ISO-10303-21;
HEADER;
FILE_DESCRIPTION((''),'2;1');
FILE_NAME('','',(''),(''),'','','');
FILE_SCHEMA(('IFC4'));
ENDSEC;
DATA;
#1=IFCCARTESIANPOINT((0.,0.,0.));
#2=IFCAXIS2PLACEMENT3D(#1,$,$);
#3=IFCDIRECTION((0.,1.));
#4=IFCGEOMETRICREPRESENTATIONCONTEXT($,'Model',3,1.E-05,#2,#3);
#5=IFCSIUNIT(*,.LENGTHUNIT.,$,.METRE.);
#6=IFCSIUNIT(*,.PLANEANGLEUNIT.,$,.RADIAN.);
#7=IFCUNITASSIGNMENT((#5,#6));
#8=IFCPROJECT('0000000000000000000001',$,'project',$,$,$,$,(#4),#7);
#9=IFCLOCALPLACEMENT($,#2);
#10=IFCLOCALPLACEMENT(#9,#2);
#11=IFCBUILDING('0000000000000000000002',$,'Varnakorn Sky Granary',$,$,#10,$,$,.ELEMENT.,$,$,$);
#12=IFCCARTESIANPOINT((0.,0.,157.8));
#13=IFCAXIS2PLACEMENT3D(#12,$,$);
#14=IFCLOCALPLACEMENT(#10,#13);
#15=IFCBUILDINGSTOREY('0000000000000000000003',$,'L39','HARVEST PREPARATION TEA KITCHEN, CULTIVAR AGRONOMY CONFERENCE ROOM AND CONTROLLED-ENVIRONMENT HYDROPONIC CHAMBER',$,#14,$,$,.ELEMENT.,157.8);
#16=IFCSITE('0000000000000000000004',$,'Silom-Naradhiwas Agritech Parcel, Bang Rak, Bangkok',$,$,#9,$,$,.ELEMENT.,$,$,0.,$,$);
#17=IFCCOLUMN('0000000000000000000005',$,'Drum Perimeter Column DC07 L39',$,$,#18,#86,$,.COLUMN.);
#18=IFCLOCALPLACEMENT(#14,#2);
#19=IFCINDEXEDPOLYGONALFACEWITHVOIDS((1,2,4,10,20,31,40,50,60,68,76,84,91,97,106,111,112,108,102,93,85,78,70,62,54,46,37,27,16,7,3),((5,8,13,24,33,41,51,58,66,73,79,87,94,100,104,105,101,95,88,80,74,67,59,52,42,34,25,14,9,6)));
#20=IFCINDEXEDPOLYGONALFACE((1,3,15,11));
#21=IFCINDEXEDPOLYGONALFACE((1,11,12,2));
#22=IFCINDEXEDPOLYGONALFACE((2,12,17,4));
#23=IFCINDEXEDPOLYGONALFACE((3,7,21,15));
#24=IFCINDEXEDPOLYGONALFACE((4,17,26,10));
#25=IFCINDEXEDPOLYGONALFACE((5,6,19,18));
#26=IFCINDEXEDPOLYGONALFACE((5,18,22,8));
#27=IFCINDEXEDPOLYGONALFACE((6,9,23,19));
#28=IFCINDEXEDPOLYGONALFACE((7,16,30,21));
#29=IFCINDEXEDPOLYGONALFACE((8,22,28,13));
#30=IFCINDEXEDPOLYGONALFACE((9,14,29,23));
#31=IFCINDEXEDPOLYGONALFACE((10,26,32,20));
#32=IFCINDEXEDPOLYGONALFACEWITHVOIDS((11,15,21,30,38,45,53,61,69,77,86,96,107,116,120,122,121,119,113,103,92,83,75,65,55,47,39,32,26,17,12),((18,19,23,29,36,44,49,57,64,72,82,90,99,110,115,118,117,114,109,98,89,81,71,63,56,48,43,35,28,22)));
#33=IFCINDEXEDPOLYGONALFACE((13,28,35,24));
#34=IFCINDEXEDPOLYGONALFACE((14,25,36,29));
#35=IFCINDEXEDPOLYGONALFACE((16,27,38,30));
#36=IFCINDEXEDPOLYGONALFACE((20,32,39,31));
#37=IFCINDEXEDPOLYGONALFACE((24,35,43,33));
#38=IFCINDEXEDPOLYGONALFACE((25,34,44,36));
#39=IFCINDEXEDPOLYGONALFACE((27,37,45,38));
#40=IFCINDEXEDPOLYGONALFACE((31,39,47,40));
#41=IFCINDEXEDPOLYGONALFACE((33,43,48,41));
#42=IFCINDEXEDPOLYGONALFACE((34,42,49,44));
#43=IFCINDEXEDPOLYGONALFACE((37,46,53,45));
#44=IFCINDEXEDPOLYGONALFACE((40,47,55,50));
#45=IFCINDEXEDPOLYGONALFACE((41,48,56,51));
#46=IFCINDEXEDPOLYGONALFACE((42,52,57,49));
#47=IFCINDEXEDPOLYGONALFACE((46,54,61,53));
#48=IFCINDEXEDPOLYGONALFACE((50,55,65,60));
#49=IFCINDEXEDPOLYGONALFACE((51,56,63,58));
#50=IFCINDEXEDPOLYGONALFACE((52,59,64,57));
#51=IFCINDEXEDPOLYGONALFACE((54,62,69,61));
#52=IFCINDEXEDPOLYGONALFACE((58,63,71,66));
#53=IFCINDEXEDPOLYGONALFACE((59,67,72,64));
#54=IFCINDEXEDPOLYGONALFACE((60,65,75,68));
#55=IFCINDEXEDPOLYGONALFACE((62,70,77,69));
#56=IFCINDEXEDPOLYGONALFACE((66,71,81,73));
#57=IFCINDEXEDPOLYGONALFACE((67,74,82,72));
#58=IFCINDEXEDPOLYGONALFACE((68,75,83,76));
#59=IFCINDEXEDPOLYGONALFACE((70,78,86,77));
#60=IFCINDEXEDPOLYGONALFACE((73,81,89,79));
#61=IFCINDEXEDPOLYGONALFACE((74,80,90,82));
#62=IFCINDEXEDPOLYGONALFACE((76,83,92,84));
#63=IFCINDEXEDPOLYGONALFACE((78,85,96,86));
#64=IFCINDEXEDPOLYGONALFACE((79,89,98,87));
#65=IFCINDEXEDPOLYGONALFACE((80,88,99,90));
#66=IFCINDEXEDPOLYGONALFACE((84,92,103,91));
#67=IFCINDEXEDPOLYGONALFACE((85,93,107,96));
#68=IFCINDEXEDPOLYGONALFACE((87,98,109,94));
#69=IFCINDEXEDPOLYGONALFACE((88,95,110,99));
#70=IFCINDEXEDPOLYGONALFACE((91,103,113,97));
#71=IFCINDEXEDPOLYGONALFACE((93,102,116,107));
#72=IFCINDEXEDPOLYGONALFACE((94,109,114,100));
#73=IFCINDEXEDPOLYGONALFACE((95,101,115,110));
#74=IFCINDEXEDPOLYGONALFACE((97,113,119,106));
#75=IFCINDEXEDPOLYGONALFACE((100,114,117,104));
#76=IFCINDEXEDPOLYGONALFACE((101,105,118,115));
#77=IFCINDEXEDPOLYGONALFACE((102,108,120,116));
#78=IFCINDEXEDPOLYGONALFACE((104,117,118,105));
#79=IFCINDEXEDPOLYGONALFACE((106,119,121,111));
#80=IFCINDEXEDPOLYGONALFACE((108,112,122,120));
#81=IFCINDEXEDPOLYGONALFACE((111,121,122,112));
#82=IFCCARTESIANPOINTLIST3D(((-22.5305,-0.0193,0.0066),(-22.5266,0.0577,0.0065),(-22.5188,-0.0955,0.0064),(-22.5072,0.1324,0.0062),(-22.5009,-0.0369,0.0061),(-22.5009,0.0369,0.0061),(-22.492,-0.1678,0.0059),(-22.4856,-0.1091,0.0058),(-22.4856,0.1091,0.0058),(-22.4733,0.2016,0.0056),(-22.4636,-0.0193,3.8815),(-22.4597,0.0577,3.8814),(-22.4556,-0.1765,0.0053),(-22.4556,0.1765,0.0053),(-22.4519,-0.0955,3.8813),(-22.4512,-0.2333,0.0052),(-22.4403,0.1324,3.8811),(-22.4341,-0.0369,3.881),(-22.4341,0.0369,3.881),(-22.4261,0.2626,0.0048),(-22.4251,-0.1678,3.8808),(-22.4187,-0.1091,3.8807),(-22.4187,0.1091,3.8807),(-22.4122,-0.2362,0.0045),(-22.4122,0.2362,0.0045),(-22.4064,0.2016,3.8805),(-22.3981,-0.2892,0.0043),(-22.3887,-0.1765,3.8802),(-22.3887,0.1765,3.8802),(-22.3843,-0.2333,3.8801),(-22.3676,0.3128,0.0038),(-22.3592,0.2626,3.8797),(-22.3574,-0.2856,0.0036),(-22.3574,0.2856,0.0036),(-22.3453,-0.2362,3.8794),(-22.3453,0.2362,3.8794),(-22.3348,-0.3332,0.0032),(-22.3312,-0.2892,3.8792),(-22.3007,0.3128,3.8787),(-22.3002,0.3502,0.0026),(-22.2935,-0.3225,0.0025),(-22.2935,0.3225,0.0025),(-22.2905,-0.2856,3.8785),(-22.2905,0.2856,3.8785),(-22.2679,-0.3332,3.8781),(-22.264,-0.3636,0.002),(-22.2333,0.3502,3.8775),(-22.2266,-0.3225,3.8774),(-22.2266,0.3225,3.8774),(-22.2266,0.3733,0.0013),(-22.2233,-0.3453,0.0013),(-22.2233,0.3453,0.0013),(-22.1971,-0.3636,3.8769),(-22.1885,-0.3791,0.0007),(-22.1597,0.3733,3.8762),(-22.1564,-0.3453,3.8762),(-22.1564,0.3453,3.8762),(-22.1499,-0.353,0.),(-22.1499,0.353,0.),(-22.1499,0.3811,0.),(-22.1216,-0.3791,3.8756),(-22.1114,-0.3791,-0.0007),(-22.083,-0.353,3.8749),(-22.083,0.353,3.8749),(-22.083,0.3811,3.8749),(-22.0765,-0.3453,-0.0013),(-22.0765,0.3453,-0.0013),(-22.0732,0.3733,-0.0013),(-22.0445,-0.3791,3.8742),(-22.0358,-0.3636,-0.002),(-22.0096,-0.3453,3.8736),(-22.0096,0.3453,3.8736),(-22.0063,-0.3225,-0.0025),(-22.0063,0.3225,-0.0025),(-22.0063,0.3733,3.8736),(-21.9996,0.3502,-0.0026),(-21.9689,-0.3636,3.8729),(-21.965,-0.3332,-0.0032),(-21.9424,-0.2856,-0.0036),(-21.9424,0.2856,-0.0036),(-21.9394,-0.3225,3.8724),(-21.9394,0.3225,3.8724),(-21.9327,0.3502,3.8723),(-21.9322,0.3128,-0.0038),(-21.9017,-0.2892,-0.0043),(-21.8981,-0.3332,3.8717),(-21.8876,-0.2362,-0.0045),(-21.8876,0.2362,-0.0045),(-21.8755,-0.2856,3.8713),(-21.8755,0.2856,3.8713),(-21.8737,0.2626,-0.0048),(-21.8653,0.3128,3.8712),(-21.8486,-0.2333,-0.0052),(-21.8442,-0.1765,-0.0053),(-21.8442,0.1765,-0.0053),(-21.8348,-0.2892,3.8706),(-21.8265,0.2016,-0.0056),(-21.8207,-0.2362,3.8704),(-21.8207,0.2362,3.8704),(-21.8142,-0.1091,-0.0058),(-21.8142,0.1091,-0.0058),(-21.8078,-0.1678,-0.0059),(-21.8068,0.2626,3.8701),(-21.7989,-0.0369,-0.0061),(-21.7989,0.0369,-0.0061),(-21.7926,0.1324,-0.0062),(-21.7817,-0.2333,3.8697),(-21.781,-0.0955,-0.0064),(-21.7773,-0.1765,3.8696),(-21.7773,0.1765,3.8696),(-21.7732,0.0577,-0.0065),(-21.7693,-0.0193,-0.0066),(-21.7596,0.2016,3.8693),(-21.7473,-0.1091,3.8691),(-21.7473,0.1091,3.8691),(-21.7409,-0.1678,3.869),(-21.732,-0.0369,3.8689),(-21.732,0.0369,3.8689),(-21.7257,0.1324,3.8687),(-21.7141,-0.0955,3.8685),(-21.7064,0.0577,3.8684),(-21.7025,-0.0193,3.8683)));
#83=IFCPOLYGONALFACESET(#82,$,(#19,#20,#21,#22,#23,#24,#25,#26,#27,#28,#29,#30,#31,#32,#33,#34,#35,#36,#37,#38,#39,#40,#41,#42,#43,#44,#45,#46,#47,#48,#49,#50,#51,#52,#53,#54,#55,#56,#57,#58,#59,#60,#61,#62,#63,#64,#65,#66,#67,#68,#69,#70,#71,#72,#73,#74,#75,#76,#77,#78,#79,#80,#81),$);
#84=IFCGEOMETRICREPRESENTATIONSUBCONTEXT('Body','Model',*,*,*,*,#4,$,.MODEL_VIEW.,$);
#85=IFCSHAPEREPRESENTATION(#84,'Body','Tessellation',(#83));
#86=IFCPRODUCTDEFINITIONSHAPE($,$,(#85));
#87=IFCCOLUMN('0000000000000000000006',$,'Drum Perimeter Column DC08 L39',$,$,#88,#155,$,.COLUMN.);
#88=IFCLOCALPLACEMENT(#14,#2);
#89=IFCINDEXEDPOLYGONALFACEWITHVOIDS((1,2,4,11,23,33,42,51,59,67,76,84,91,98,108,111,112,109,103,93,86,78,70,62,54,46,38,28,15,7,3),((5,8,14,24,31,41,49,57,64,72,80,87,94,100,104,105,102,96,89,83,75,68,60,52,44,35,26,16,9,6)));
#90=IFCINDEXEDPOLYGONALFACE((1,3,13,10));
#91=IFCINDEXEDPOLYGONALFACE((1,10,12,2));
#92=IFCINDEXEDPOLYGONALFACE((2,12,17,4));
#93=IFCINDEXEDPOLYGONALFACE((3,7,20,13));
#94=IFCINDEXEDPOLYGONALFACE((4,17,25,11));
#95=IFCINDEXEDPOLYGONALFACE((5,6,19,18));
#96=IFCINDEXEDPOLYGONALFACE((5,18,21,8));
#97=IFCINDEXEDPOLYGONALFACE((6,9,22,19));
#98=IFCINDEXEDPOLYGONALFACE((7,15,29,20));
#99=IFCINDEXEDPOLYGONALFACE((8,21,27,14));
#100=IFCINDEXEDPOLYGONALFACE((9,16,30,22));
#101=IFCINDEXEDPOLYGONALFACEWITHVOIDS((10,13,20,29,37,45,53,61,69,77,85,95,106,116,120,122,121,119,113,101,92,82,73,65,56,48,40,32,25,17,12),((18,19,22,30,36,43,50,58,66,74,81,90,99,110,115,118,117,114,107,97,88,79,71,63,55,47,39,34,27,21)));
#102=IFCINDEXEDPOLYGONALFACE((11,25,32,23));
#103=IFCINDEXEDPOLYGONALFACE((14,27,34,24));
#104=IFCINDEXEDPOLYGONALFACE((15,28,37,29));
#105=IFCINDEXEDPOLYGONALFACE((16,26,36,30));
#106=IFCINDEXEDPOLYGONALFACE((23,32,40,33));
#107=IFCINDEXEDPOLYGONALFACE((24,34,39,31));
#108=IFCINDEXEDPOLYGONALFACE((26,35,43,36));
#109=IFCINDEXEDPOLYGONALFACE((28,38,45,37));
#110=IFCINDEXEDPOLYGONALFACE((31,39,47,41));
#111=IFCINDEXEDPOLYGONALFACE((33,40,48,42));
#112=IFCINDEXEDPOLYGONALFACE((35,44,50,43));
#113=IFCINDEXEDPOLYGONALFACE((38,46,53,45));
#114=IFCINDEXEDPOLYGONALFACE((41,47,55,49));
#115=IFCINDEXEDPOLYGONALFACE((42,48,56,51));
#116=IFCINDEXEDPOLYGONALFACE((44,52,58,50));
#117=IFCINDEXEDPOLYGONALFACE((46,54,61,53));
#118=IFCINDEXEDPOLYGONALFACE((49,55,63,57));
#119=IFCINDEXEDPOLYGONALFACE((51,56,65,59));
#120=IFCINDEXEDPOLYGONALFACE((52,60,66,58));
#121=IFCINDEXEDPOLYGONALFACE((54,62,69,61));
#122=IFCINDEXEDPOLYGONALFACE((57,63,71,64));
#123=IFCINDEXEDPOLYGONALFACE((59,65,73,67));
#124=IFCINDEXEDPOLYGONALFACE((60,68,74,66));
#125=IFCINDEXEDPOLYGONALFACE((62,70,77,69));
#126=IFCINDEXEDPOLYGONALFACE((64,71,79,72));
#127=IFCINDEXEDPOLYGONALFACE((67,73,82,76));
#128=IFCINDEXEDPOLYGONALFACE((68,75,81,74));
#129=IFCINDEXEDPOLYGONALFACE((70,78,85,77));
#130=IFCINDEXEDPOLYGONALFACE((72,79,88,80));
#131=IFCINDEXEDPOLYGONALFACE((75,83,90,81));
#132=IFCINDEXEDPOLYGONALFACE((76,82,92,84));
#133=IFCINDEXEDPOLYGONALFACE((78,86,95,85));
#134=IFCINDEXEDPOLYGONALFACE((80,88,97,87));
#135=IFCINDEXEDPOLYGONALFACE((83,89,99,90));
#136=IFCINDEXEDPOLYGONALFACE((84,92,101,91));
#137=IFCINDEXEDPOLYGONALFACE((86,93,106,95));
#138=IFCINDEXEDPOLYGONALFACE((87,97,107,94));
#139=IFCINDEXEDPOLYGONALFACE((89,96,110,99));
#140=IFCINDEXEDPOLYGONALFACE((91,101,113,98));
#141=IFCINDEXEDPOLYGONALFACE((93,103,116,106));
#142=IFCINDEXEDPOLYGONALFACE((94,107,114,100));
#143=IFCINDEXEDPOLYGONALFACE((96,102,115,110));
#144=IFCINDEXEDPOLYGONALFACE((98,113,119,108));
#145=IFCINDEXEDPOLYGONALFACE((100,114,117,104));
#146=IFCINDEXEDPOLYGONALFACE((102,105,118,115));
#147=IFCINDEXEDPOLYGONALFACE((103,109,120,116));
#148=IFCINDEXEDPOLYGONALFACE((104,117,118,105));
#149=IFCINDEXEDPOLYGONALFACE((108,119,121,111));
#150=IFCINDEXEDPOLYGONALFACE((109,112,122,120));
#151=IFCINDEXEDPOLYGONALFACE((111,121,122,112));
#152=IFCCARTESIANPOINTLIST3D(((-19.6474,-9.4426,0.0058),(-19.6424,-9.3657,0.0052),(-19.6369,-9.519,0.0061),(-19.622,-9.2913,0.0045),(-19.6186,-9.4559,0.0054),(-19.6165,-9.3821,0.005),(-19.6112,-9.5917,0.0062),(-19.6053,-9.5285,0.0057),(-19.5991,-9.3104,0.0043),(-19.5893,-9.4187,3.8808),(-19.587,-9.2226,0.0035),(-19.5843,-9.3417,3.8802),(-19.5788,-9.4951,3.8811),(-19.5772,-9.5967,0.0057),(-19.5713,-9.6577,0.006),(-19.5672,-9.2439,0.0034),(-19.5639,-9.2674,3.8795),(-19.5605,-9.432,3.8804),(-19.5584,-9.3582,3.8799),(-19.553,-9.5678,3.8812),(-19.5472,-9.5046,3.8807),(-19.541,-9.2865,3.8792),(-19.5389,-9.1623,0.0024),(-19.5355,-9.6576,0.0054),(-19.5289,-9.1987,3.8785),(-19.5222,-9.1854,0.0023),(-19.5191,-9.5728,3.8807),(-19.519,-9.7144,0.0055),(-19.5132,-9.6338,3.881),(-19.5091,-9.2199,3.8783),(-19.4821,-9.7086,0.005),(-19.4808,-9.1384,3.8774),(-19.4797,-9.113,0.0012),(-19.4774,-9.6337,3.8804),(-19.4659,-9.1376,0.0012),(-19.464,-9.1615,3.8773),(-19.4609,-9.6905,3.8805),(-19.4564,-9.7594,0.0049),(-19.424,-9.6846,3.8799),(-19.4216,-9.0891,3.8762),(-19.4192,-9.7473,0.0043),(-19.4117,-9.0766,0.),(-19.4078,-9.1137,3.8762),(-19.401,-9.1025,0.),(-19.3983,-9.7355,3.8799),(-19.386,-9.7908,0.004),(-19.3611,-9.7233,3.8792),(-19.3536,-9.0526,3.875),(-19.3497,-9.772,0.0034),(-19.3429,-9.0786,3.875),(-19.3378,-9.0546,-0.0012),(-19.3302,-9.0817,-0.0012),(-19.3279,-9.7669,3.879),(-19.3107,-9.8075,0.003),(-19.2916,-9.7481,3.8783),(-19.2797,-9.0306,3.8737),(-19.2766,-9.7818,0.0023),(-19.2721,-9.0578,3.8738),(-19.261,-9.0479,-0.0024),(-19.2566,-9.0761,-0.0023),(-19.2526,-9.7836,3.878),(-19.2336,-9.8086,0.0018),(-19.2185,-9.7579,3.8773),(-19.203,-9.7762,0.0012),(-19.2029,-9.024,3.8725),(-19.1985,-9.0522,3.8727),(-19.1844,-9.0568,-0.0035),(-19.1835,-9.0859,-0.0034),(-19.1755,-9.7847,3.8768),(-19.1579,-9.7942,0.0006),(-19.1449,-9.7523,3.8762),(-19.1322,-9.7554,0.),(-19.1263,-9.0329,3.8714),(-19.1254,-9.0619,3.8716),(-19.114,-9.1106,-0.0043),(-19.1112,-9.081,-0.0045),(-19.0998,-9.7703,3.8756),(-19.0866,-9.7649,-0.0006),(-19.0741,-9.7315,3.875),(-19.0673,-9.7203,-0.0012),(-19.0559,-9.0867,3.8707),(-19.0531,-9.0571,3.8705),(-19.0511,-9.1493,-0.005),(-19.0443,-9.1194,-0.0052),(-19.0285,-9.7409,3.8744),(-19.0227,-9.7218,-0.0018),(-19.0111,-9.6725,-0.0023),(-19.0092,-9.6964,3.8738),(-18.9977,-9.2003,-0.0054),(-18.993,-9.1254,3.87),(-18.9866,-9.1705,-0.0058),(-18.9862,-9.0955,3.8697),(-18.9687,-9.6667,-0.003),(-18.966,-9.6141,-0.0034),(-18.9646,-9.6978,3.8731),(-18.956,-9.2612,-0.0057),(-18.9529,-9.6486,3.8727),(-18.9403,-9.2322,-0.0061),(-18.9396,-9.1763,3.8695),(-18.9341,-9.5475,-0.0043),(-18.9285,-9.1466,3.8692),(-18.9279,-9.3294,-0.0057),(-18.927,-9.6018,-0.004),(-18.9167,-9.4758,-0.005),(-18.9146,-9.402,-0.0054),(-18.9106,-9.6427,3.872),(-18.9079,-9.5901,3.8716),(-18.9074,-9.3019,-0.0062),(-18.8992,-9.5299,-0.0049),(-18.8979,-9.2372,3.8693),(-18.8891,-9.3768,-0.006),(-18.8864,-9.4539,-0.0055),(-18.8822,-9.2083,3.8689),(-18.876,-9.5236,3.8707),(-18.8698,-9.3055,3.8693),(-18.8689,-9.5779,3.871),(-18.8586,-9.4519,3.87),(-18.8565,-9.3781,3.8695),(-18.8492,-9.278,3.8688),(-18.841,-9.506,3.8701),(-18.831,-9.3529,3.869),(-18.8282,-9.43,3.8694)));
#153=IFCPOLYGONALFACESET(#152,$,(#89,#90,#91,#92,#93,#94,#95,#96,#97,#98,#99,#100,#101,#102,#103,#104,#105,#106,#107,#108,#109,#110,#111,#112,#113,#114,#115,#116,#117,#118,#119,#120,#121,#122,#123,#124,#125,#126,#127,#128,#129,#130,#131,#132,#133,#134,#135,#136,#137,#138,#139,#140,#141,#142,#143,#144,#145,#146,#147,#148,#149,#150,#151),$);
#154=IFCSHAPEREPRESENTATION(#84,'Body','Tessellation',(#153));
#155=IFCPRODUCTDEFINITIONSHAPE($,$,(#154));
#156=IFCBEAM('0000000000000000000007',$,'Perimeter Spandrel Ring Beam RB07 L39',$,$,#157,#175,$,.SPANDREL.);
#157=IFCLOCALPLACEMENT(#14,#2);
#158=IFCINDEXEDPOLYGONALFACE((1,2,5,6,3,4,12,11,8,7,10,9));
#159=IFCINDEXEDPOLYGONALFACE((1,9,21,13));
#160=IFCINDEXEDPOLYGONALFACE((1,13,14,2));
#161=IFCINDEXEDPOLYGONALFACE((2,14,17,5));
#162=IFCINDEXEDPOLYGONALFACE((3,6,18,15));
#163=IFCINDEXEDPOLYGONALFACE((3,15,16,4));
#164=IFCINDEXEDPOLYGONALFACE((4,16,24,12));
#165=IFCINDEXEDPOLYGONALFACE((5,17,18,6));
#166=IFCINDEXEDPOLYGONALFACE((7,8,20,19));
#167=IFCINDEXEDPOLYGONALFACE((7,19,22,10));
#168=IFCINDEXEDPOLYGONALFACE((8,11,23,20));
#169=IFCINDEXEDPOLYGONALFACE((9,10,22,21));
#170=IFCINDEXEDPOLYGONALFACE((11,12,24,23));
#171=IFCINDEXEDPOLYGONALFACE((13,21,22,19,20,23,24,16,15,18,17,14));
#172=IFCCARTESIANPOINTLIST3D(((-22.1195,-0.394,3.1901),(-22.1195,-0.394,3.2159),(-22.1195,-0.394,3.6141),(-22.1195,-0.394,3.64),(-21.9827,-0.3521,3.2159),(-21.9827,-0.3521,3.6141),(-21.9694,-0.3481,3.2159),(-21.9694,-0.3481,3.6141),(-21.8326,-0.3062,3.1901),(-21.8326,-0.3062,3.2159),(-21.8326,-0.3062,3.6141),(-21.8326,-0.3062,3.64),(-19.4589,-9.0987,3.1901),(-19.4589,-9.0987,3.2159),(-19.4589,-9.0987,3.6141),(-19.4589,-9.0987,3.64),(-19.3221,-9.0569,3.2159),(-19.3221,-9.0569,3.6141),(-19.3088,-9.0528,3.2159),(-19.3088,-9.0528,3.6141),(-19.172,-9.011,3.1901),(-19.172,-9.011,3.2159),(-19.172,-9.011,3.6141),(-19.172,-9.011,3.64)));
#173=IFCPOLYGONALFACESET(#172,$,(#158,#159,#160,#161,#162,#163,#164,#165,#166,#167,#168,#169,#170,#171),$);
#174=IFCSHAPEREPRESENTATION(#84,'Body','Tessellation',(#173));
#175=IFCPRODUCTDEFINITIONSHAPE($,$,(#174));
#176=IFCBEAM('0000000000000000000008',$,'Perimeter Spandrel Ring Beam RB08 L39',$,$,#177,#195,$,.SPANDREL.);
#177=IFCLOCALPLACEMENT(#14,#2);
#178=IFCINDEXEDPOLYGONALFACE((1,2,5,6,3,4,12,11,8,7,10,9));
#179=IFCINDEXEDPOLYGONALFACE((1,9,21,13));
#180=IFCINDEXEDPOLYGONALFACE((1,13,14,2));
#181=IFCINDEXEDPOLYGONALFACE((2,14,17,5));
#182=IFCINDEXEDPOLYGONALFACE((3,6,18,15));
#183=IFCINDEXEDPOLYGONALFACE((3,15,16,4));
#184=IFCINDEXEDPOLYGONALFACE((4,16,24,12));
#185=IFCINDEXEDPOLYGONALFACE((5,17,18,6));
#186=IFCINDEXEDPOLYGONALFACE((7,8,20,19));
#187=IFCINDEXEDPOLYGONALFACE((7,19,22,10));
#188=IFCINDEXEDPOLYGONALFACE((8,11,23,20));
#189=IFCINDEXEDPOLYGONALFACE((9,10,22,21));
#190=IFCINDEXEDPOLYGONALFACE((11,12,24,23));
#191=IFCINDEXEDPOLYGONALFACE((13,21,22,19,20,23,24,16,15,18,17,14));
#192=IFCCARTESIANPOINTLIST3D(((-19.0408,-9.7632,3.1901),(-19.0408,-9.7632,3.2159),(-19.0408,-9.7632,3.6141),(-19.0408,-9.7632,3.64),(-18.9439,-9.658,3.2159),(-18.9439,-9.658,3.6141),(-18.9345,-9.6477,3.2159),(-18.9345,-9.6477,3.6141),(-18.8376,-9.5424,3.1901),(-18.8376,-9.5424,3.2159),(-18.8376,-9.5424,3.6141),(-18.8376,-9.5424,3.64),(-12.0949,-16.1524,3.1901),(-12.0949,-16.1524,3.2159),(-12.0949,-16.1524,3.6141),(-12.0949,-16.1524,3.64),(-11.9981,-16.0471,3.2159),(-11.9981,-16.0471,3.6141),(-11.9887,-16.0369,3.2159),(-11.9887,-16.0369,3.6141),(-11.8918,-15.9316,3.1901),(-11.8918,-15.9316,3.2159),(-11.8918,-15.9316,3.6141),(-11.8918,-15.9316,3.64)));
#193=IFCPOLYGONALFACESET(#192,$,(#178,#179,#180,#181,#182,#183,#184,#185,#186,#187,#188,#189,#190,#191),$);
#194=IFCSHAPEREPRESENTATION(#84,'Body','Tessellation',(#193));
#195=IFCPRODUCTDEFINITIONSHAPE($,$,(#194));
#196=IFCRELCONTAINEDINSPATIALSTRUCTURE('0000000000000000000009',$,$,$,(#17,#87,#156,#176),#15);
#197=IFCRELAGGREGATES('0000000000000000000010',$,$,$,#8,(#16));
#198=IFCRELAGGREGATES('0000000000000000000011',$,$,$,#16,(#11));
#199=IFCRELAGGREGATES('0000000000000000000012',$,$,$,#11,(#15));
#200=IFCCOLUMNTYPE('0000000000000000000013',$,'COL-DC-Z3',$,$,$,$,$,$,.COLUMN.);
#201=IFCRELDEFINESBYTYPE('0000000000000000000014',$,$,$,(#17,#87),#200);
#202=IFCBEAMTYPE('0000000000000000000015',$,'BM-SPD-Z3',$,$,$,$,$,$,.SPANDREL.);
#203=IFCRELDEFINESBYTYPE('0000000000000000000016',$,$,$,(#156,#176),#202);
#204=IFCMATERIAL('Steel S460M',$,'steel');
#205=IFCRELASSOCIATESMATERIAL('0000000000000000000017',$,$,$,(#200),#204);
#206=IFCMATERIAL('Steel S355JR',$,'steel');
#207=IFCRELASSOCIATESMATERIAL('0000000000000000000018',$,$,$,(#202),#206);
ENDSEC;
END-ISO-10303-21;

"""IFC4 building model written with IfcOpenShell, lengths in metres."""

from ifc_helpers import new_model, si_unit, direction, frame, origin, origin_2d, place, context, subcontext, project, spatial, hollow_circle, i_section, extrude, material, material_profile, profile_set, type_object, element, save


model = new_model("IFC4")

# Units and contexts
model_context = context("Model", 3, precision=1e-05, world=origin(), true_north=direction((0.0, 1.0)))
body_context = subcontext(model_context, "Body", "Model", "MODEL_VIEW")
ifc_project = project(units=[si_unit("LENGTHUNIT", "METRE"), si_unit("PLANEANGLEUNIT", "RADIAN")], contexts=[model_context])

# Site, building, storey
site_placement = place(None, origin())
site = spatial("IfcSite", under=ifc_project, at=site_placement, Name="Silom-Naradhiwas Agritech Parcel, Bang Rak, Bangkok", CompositionType="ELEMENT", RefElevation=0.0)
building_placement = place(site_placement, origin())
building = spatial("IfcBuilding", under=site, at=building_placement, Name="Varnakorn Sky Granary", CompositionType="ELEMENT")
storey_placement = place(building_placement, frame((0.0, 0.0, 157.8)))
storey = spatial("IfcBuildingStorey", under=building, at=storey_placement, Name="L39", Description="HARVEST PREPARATION TEA KITCHEN, CULTIVAR AGRONOMY CONFERENCE ROOM AND CONTROLLED-ENVIRONMENT HYDROPONIC CHAMBER", CompositionType="ELEMENT", Elevation=157.8)

# Columns
ifc_material_1 = material(Name="Steel S460M", Category="steel")
ifc_material_profile_1 = material_profile(ifc_material_1, hollow_circle(Radius=0.3811, WallThickness=0.0281, at=origin_2d()), Name="CHS 762x28")
ifc_profile_set_1 = profile_set([ifc_material_profile_1], Name="Steel S460M")
column_type = type_object("IfcColumnType", Name="COL-DC-Z3", PredefinedType="COLUMN", material=ifc_profile_set_1)
for number, where, z_axis, x_axis, name in (
    (1, (-22.1499, 0.0, 0.0), (0.017261, 0.0, 0.999851), (0.0, 1.0, 0.0), "Drum Perimeter Column DC07 L39"),
    (2, (-19.2666, -9.429, 0.0), (0.014993, 0.006174, 0.999869), (-0.38075, 0.924678, 0.0), "Drum Perimeter Column DC08 L39"),
):
    element("IfcColumn", number, at=place(storey_placement, frame(where, z_axis=z_axis, x_axis=x_axis)), inside=storey, type_object=column_type, Name=name, PredefinedType="COLUMN", context=body_context, shape_type="SweptSolid", body=[
        extrude(hollow_circle(Radius=0.3811, WallThickness=0.0281, at=origin_2d()), origin(), (0.0, 0.0, 1.0), 3.8755),
    ])

# Beams
ifc_material_2 = material(Name="Steel S355JR", Category="steel")
ifc_material_profile_2 = material_profile(ifc_material_2, i_section(OverallWidth=0.3, OverallDepth=0.45, WebThickness=0.0139, FlangeThickness=0.0259, at=origin_2d()), Name="HE 450 B")
ifc_profile_set_2 = profile_set([ifc_material_profile_2], Name="Steel S355JR")
beam_type = type_object("IfcBeamType", Name="BM-SPD-Z3", PredefinedType="SPANDREL", material=ifc_profile_set_2)
beam_1_placement = place(storey_placement, frame((-21.9761, -0.3501, 3.415), z_axis=(0.292302, -0.956326, 0.0), x_axis=(0.956326, 0.292302, 0.0)))
element("IfcBeam", 3, at=beam_1_placement, inside=storey, type_object=beam_type, Name="Perimeter Spandrel Ring Beam RB07 L39", PredefinedType="SPANDREL", context=body_context, shape_type="SweptSolid", body=[
    extrude(i_section(OverallWidth=0.3, OverallDepth=0.45, WebThickness=0.0139, FlangeThickness=0.0259, at=origin_2d()), origin(), (0.0, 0.0, 1.0), 9.1023),
])
beam_2_placement = place(storey_placement, frame((-18.9392, -9.6528, 3.415), z_axis=(0.735983, -0.677, 0.0), x_axis=(0.677, 0.735983, 0.0)))
element("IfcBeam", 4, at=beam_2_placement, inside=storey, type_object=beam_type, Name="Perimeter Spandrel Ring Beam RB08 L39", PredefinedType="SPANDREL", context=body_context, shape_type="SweptSolid", body=[
    extrude(i_section(OverallWidth=0.3, OverallDepth=0.45, WebThickness=0.0139, FlangeThickness=0.0259, at=origin_2d()), origin(), (0.0, 0.0, 1.0), 9.4375),
])

save(model, "model.ifc")
